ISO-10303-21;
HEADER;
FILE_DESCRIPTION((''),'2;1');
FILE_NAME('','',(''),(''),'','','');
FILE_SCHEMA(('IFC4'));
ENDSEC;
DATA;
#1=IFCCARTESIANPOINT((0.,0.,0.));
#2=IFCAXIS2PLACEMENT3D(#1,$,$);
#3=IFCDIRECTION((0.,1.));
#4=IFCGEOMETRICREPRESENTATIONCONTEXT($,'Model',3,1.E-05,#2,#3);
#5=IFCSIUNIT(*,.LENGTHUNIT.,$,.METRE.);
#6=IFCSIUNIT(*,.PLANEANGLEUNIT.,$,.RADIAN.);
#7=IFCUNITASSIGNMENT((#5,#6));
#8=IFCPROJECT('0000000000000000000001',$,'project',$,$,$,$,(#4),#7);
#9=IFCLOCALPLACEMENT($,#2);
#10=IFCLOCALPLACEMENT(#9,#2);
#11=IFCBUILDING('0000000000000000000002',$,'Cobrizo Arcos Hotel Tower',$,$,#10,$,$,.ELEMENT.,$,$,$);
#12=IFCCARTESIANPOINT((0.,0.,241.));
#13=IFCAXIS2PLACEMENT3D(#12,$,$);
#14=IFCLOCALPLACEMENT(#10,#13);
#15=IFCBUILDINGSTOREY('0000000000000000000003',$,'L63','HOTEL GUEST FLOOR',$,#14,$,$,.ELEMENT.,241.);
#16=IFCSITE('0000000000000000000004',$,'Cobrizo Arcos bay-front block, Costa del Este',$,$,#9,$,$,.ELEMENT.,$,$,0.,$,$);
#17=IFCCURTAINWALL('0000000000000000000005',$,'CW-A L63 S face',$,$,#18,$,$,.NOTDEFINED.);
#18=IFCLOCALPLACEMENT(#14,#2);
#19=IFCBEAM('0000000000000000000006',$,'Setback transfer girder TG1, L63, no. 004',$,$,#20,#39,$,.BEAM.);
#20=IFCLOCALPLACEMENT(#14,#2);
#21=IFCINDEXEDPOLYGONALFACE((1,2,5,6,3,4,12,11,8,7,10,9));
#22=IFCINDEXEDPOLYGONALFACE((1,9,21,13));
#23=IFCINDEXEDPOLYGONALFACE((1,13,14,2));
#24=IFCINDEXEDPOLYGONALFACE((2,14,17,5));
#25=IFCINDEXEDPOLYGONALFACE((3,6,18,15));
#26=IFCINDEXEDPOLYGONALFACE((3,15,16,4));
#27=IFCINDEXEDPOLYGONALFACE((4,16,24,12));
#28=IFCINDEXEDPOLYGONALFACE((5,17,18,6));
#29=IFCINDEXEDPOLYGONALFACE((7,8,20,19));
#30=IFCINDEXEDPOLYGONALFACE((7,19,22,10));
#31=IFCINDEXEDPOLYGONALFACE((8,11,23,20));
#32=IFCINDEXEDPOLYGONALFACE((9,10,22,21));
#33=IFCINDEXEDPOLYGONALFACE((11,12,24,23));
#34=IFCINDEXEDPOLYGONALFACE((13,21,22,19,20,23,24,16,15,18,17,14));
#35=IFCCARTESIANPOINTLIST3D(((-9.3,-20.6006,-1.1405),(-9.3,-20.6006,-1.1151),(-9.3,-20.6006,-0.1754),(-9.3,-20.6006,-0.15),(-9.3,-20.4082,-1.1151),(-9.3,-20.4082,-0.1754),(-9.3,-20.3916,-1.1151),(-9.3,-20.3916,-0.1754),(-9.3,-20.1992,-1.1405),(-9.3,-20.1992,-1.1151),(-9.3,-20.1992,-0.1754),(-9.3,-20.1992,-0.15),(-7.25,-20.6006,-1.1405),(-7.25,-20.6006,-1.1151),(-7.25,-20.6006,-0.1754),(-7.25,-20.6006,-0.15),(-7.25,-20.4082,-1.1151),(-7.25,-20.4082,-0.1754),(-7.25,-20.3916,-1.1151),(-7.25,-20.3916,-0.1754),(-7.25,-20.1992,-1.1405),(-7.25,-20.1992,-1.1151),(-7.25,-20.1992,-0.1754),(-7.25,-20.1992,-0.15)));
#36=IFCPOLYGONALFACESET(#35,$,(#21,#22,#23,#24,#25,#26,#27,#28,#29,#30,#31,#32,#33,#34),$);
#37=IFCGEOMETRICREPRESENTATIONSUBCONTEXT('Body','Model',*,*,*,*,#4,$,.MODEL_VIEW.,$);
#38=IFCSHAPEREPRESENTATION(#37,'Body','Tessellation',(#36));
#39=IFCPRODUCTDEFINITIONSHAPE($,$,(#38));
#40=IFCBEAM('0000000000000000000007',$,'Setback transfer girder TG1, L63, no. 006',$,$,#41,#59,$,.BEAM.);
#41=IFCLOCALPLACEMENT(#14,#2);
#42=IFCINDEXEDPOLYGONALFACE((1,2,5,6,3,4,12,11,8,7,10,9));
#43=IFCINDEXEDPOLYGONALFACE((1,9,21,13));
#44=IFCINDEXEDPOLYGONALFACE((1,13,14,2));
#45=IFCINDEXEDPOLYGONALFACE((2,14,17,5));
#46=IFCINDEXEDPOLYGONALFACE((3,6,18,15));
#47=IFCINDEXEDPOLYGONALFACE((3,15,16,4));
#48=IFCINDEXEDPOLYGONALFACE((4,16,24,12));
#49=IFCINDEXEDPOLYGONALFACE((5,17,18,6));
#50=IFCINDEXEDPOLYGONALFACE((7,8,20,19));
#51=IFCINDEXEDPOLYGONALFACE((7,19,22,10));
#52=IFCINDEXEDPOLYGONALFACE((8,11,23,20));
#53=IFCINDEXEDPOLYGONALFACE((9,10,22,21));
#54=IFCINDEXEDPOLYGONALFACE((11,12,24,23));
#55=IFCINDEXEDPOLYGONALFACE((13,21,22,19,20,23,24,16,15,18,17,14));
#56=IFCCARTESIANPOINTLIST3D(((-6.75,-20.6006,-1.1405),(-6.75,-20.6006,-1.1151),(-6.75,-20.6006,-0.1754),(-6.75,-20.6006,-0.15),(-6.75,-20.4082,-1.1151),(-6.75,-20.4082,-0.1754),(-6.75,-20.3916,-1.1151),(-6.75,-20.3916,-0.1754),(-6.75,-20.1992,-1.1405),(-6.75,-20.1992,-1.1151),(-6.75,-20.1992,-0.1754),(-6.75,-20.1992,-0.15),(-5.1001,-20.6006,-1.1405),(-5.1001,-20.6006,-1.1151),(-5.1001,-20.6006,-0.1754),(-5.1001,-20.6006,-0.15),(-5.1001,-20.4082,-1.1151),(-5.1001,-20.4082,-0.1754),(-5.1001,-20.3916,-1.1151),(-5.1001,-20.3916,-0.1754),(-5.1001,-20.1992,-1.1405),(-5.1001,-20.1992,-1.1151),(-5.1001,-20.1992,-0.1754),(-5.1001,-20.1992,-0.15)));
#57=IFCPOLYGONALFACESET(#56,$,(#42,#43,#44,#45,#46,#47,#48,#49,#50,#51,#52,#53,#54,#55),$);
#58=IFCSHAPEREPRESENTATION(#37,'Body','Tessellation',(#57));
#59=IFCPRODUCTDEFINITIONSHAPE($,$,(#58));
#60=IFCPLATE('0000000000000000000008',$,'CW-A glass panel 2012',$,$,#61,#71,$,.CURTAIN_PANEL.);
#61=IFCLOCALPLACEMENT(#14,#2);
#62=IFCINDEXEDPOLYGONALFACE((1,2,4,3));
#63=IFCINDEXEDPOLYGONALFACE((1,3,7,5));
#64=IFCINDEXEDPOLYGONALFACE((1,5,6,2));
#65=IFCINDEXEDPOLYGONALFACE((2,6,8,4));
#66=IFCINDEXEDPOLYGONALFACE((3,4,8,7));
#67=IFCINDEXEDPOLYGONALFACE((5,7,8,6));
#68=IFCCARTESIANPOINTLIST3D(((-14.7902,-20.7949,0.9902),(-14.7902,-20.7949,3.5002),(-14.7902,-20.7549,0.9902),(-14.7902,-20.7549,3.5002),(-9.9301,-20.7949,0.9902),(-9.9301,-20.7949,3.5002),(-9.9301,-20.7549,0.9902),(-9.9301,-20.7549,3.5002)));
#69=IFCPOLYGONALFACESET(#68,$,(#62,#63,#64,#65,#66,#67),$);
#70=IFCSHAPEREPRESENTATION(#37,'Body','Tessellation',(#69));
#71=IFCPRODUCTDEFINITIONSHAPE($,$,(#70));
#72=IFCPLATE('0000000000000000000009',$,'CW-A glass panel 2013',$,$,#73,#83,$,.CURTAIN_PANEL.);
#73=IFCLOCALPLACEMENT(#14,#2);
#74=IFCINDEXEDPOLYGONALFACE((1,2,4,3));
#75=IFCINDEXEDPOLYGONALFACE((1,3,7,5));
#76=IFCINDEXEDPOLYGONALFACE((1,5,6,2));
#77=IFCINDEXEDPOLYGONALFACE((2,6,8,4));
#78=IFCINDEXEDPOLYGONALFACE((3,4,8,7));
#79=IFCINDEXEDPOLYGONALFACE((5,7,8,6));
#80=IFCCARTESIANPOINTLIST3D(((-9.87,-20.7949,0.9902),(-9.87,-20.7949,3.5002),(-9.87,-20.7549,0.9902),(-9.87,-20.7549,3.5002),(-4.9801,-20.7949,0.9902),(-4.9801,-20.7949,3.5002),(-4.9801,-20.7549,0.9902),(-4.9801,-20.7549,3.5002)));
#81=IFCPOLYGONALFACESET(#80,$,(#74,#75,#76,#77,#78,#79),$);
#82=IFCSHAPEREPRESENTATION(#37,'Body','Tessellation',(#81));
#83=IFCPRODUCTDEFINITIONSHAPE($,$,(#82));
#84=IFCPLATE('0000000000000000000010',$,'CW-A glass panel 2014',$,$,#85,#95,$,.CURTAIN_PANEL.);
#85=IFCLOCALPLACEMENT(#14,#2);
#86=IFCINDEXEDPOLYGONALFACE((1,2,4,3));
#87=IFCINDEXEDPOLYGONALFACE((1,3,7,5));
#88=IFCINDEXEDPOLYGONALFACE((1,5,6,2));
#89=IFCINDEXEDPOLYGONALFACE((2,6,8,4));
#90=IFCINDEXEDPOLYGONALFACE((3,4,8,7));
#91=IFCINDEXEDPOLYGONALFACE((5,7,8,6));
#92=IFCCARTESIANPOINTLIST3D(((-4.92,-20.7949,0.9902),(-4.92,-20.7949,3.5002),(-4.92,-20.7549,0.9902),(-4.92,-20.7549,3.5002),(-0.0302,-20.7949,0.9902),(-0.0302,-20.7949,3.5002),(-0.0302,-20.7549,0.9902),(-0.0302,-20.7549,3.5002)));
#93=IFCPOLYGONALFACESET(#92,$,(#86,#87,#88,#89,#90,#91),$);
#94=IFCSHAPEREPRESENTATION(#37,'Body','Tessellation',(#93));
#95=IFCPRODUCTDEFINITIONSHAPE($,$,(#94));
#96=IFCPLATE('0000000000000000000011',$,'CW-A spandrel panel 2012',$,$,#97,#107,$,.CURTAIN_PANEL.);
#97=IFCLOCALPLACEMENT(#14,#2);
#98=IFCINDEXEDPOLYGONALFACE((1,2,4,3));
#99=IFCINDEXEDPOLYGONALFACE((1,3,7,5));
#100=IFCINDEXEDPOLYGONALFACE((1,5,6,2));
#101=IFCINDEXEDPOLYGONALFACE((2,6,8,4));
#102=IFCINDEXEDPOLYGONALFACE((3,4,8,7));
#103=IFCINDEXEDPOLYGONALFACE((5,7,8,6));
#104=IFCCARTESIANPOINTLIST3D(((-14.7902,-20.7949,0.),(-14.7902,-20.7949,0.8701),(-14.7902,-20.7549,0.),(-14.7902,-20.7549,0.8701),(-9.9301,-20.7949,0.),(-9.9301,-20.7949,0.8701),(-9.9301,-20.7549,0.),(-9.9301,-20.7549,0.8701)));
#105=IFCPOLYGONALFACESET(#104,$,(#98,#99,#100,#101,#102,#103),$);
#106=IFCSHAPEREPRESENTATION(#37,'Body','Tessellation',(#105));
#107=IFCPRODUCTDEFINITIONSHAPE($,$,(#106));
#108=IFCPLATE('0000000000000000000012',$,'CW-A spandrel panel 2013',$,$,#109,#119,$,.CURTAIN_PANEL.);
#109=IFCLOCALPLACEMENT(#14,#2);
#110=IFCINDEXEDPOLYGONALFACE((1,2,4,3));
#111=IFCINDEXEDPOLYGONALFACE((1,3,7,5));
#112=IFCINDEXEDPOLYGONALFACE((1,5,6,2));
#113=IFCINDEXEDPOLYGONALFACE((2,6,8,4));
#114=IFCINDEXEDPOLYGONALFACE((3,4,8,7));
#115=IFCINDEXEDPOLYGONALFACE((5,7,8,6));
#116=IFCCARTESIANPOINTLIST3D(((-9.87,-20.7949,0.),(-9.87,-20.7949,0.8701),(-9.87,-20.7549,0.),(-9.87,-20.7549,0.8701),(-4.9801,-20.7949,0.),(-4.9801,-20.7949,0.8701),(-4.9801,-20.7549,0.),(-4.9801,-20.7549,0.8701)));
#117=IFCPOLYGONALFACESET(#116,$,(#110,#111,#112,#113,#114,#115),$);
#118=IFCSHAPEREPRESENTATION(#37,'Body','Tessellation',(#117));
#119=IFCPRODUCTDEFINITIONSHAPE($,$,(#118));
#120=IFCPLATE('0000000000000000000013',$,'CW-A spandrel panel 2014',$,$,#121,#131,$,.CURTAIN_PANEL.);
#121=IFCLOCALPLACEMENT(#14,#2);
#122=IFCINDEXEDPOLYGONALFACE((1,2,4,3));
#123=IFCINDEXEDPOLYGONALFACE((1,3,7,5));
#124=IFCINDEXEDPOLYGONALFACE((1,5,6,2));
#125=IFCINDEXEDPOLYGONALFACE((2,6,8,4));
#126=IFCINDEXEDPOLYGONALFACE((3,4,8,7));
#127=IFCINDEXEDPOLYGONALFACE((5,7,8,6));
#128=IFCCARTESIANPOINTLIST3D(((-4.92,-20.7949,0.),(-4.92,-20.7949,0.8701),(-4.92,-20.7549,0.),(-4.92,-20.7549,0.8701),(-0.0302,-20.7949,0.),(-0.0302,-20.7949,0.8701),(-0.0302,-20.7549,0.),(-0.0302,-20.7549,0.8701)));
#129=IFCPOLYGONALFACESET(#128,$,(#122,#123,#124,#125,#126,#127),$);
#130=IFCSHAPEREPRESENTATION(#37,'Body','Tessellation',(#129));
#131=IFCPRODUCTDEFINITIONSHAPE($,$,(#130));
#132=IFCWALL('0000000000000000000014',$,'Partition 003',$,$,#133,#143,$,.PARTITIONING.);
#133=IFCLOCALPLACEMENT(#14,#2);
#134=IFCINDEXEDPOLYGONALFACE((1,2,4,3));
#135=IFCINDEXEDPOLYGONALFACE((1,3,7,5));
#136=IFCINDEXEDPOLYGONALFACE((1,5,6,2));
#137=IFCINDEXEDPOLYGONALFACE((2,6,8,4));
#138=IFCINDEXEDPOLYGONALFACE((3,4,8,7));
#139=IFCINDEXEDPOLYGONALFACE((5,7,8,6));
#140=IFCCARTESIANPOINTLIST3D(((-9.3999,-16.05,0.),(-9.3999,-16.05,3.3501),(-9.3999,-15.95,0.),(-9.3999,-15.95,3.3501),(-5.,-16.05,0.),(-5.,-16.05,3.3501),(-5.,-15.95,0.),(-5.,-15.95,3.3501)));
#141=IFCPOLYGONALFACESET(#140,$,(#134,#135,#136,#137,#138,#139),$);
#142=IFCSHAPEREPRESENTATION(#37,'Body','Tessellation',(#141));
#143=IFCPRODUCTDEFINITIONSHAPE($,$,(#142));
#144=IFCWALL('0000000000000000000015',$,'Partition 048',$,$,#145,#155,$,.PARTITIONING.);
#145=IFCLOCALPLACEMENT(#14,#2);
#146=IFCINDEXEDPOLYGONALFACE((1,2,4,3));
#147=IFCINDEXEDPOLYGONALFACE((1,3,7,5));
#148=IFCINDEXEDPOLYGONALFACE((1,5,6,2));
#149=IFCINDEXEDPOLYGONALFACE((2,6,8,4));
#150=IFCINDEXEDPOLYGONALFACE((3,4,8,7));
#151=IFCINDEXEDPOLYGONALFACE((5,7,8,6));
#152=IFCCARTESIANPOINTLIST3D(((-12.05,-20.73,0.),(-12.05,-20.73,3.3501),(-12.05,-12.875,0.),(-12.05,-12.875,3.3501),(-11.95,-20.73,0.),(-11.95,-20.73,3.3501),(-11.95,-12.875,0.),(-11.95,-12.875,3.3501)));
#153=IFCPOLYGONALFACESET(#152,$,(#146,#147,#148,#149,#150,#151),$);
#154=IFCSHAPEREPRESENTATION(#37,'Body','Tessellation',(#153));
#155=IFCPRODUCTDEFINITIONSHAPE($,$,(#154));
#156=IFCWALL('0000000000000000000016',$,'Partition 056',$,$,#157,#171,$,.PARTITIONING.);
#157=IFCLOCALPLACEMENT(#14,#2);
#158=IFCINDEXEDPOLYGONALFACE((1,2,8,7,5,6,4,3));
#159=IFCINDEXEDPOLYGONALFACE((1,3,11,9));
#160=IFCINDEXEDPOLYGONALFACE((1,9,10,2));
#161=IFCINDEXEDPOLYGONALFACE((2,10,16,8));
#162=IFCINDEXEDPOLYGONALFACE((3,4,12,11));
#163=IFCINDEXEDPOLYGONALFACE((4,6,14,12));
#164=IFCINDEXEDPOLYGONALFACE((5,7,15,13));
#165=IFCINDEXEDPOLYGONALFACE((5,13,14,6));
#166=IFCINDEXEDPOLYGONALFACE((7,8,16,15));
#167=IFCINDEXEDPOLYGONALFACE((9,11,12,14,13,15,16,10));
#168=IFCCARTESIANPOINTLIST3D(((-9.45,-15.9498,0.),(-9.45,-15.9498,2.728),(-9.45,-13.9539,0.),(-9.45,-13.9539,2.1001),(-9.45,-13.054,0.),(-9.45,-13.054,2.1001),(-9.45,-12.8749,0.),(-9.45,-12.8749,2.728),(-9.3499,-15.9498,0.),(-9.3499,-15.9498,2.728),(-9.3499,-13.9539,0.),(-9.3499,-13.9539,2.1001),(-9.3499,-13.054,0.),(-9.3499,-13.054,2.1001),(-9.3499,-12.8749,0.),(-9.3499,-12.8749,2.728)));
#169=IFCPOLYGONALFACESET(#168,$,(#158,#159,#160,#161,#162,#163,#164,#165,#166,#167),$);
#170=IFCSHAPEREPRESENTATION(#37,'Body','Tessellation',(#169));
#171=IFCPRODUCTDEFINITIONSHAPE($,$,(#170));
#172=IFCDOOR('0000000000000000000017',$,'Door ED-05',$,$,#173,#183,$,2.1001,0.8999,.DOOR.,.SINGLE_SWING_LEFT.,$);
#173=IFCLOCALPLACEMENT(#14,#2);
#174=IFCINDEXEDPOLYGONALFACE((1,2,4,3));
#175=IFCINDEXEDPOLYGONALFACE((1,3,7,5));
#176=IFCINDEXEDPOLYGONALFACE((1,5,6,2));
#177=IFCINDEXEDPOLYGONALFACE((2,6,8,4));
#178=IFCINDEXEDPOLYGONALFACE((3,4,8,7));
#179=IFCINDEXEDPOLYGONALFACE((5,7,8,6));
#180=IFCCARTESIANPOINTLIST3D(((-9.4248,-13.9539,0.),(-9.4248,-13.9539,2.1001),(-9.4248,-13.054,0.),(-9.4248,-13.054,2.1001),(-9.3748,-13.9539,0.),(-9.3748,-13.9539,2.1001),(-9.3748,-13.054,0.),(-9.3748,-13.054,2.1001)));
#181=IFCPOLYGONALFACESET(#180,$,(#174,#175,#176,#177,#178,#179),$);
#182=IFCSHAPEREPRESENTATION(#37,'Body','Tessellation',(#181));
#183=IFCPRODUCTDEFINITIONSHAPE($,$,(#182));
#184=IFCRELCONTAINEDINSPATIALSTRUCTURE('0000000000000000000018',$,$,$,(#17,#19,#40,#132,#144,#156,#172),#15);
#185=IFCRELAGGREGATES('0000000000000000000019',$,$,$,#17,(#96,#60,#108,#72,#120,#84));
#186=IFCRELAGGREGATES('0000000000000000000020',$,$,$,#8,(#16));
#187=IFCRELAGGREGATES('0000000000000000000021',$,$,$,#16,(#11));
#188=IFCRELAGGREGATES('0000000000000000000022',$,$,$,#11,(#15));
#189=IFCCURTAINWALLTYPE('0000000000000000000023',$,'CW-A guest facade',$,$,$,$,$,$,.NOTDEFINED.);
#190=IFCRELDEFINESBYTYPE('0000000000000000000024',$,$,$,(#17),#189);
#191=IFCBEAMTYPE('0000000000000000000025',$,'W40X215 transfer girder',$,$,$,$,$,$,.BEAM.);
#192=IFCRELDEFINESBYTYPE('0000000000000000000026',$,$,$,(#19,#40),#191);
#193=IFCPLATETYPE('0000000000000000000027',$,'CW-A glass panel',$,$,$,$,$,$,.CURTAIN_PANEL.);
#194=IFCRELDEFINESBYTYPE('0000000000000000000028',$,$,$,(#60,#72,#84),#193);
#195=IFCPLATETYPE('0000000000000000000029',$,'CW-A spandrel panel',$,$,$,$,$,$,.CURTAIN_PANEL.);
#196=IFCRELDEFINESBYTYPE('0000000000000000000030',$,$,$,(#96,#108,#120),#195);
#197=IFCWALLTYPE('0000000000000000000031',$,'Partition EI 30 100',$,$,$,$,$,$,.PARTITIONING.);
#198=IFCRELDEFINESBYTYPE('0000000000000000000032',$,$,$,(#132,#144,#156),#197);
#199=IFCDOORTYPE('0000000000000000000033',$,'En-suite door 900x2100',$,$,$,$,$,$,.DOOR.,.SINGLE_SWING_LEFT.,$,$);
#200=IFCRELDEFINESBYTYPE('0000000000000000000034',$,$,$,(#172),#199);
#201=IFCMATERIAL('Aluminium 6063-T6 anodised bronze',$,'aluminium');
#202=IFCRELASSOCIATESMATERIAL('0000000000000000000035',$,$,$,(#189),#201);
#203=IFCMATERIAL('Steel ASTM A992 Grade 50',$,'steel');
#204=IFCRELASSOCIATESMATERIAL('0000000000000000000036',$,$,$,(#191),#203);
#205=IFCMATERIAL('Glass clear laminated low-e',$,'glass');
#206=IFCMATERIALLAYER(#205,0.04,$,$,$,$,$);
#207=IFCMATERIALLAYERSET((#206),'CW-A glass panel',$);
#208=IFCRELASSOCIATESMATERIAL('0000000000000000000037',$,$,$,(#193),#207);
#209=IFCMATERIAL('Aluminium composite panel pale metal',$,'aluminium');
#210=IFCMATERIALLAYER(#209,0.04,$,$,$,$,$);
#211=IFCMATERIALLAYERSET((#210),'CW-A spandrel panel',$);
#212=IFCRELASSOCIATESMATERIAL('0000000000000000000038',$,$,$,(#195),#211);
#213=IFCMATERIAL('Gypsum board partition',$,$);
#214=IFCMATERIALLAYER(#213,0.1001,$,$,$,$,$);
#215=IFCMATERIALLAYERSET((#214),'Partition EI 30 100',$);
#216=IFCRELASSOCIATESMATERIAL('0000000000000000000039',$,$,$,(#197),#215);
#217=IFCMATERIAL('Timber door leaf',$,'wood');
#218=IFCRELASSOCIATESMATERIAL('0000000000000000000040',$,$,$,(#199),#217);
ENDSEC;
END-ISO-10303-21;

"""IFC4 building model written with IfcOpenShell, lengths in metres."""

from ifc_helpers import new_model, si_unit, direction, frame, frame_2d, origin, origin_2d, place, context, subcontext, project, spatial, rectangle, i_section, extrude, material, layer, layer_set, material_profile, profile_set, type_object, element, fill, aggregate, save


model = new_model("IFC4")

# Units and contexts
model_context = context("Model", 3, precision=1e-05, world=origin(), true_north=direction((0.0, 1.0)))
body_context = subcontext(model_context, "Body", "Model", "MODEL_VIEW")
ifc_project = project(units=[si_unit("LENGTHUNIT", "METRE"), si_unit("PLANEANGLEUNIT", "RADIAN")], contexts=[model_context])

# Site, building, storey
site_placement = place(None, origin())
site = spatial("IfcSite", under=ifc_project, at=site_placement, Name="Cobrizo Arcos bay-front block, Costa del Este", CompositionType="ELEMENT", RefElevation=0.0)
building_placement = place(site_placement, origin())
building = spatial("IfcBuilding", under=site, at=building_placement, Name="Cobrizo Arcos Hotel Tower", CompositionType="ELEMENT")
storey_placement = place(building_placement, frame((0.0, 0.0, 241.0)))
storey = spatial("IfcBuildingStorey", under=building, at=storey_placement, Name="L63", Description="HOTEL GUEST FLOOR", CompositionType="ELEMENT", Elevation=241.0)

# Curtain wall
ifc_material_1 = material(Name="Aluminium 6063-T6 anodised bronze", Category="aluminium")
curtain_wall_type = type_object("IfcCurtainWallType", Name="CW-A guest facade", PredefinedType="NOTDEFINED", material=ifc_material_1)
curtain_wall_placement = place(storey_placement, origin())
curtain_wall = element("IfcCurtainWall", 1, at=curtain_wall_placement, inside=storey, type_object=curtain_wall_type, Name="CW-A L63 S face", PredefinedType="NOTDEFINED")

# Beams
ifc_material_2 = material(Name="Steel ASTM A992 Grade 50", Category="steel")
ifc_material_profile_1 = material_profile(ifc_material_2, i_section(OverallWidth=0.4014, OverallDepth=0.9905, WebThickness=0.0166, FlangeThickness=0.0254, at=origin_2d()), Name="W40X215")
ifc_profile_set_1 = profile_set([ifc_material_profile_1], Name="Steel ASTM A992 Grade 50")
beam_type_1 = type_object("IfcBeamType", Name="W40X215 transfer girder", PredefinedType="BEAM", material=ifc_profile_set_1)
beam_1_placement = place(storey_placement, frame((-7.25, -20.3999, -0.6453), z_axis=(-1.0, 0.0, 0.0), x_axis=(0.0, -1.0, 0.0)))
element("IfcBeam", 2, at=beam_1_placement, inside=storey, type_object=beam_type_1, Name="Setback transfer girder TG1, L63, no. 004", PredefinedType="BEAM", context=body_context, shape_type="SweptSolid", body=[
    extrude(i_section(OverallWidth=0.4014, OverallDepth=0.9905, WebThickness=0.0166, FlangeThickness=0.0254, at=origin_2d()), origin(), (0.0, 0.0, 1.0), 2.05),
])
beam_2_placement = place(storey_placement, frame((-6.75, -20.3999, -0.6453), z_axis=(1.0, 0.0, 0.0), x_axis=(0.0, 1.0, 0.0)))
element("IfcBeam", 3, at=beam_2_placement, inside=storey, type_object=beam_type_1, Name="Setback transfer girder TG1, L63, no. 006", PredefinedType="BEAM", context=body_context, shape_type="SweptSolid", body=[
    extrude(i_section(OverallWidth=0.4014, OverallDepth=0.9905, WebThickness=0.0166, FlangeThickness=0.0254, at=origin_2d()), origin(), (0.0, 0.0, 1.0), 1.6499),
])

# Plates
ifc_material_3 = material(Name="Glass clear laminated low-e", Category="glass")
ifc_layer_1 = layer(ifc_material_3, 0.04)
ifc_layer_set_1 = layer_set([ifc_layer_1], Name="CW-A glass panel")
plate_type_1 = type_object("IfcPlateType", Name="CW-A glass panel", PredefinedType="CURTAIN_PANEL", material=ifc_layer_set_1)
plate_1_placement = place(storey_placement, frame((-12.3601, -20.7749, 0.9902), z_axis=(0.0, 0.0, 1.0), x_axis=(1.0, 0.0, 0.0)))
plate_1 = element("IfcPlate", 4, at=plate_1_placement, type_object=plate_type_1, Name="CW-A glass panel 2012", PredefinedType="CURTAIN_PANEL", context=body_context, shape_type="SweptSolid", body=[
    extrude(rectangle(XDim=4.8601, YDim=0.04, at=origin_2d()), origin(), (0.0, 0.0, 1.0), 2.51),
])
plate_2_placement = place(storey_placement, frame((-7.425, -20.7749, 0.9902), z_axis=(0.0, 0.0, 1.0), x_axis=(1.0, 0.0, 0.0)))
plate_2 = element("IfcPlate", 5, at=plate_2_placement, type_object=plate_type_1, Name="CW-A glass panel 2013", PredefinedType="CURTAIN_PANEL", context=body_context, shape_type="SweptSolid", body=[
    extrude(rectangle(XDim=4.8899, YDim=0.04, at=origin_2d()), origin(), (0.0, 0.0, 1.0), 2.51),
])
plate_3_placement = place(storey_placement, frame((-2.4751, -20.7749, 0.9902), z_axis=(0.0, 0.0, 1.0), x_axis=(1.0, 0.0, 0.0)))
plate_3 = element("IfcPlate", 6, at=plate_3_placement, type_object=plate_type_1, Name="CW-A glass panel 2014", PredefinedType="CURTAIN_PANEL", context=body_context, shape_type="SweptSolid", body=[
    extrude(rectangle(XDim=4.8899, YDim=0.04, at=origin_2d()), origin(), (0.0, 0.0, 1.0), 2.51),
])
ifc_material_4 = material(Name="Aluminium composite panel pale metal", Category="aluminium")
ifc_layer_2 = layer(ifc_material_4, 0.04)
ifc_layer_set_2 = layer_set([ifc_layer_2], Name="CW-A spandrel panel")
plate_type_2 = type_object("IfcPlateType", Name="CW-A spandrel panel", PredefinedType="CURTAIN_PANEL", material=ifc_layer_set_2)
plate_4_placement = place(storey_placement, frame((-12.3601, -20.7749, 0.0), z_axis=(0.0, 0.0, 1.0), x_axis=(1.0, 0.0, 0.0)))
plate_4 = element("IfcPlate", 7, at=plate_4_placement, type_object=plate_type_2, Name="CW-A spandrel panel 2012", PredefinedType="CURTAIN_PANEL", context=body_context, shape_type="SweptSolid", body=[
    extrude(rectangle(XDim=4.8601, YDim=0.04, at=origin_2d()), origin(), (0.0, 0.0, 1.0), 0.8701),
])
plate_5_placement = place(storey_placement, frame((-7.425, -20.7749, 0.0), z_axis=(0.0, 0.0, 1.0), x_axis=(1.0, 0.0, 0.0)))
plate_5 = element("IfcPlate", 8, at=plate_5_placement, type_object=plate_type_2, Name="CW-A spandrel panel 2013", PredefinedType="CURTAIN_PANEL", context=body_context, shape_type="SweptSolid", body=[
    extrude(rectangle(XDim=4.8899, YDim=0.04, at=origin_2d()), origin(), (0.0, 0.0, 1.0), 0.8701),
])
plate_6_placement = place(storey_placement, frame((-2.4751, -20.7749, 0.0), z_axis=(0.0, 0.0, 1.0), x_axis=(1.0, 0.0, 0.0)))
plate_6 = element("IfcPlate", 9, at=plate_6_placement, type_object=plate_type_2, Name="CW-A spandrel panel 2014", PredefinedType="CURTAIN_PANEL", context=body_context, shape_type="SweptSolid", body=[
    extrude(rectangle(XDim=4.8899, YDim=0.04, at=origin_2d()), origin(), (0.0, 0.0, 1.0), 0.8701),
])
aggregate(curtain_wall, [plate_4, plate_1, plate_5, plate_2, plate_6, plate_3])

# Walls
ifc_material_5 = material(Name="Gypsum board partition")
ifc_layer_3 = layer(ifc_material_5, 0.1001)
ifc_layer_set_3 = layer_set([ifc_layer_3], Name="Partition EI 30 100")
wall_type = type_object("IfcWallType", Name="Partition EI 30 100", PredefinedType="PARTITIONING", material=ifc_layer_set_3)
wall_1_placement = place(storey_placement, frame((-9.3999, -16.0, 0.0), z_axis=(0.0, 0.0, 1.0), x_axis=(1.0, 0.0, 0.0)))
element("IfcWall", 10, at=wall_1_placement, inside=storey, type_object=wall_type, Name="Partition 003", PredefinedType="PARTITIONING", context=body_context, shape_type="SweptSolid", body=[
    extrude(rectangle(XDim=4.3999, YDim=0.1001, at=frame_2d((2.2, 0.0))), origin(), (0.0, 0.0, 1.0), 3.3501),
])
wall_2_placement = place(storey_placement, frame((-12.0, -20.73, 0.0), z_axis=(0.0, 0.0, 1.0), x_axis=(0.0, 1.0, 0.0)))
element("IfcWall", 11, at=wall_2_placement, inside=storey, type_object=wall_type, Name="Partition 048", PredefinedType="PARTITIONING", context=body_context, shape_type="SweptSolid", body=[
    extrude(rectangle(XDim=7.855, YDim=0.1001, at=frame_2d((3.9275, 0.0))), origin(), (0.0, 0.0, 1.0), 3.3501),
])

# Wall, opening, door
wall_3_placement = place(storey_placement, frame((-9.3999, -15.95, 0.0), z_axis=(0.0, 0.0, 1.0), x_axis=(0.0, 1.0, 0.0)))
wall_3 = element("IfcWall", 12, at=wall_3_placement, inside=storey, type_object=wall_type, Name="Partition 056", PredefinedType="PARTITIONING", context=body_context, shape_type="SweptSolid", body=[
    extrude(rectangle(XDim=3.075, YDim=0.1001, at=frame_2d((1.5376, 0.0))), origin(), (0.0, 0.0, 1.0), 2.728),
])
opening_1_placement = place(wall_3_placement, frame((1.9961, 0.0, 0.0)))
opening_1 = element("IfcOpeningElement", 13, at=opening_1_placement, cuts=wall_3, PredefinedType="OPENING", context=body_context, shape_type="SweptSolid", body=[
    extrude(rectangle(XDim=0.8999, YDim=2.1001, at=frame_2d((0.45, 1.05))), frame((0.0, 0.062, 0.0), z_axis=(0.0, -1.0, 0.0), x_axis=(1.0, 0.0, 0.0)), (0.0, 0.0, 1.0), 0.124),
])
ifc_material_6 = material(Name="Timber door leaf", Category="wood")
door_type = type_object("IfcDoorType", Name="En-suite door 900x2100", OperationType="SINGLE_SWING_LEFT", PredefinedType="DOOR", material=ifc_material_6)
door_1_placement = place(opening_1_placement, origin())
door_1 = element("IfcDoor", 14, at=door_1_placement, inside=storey, type_object=door_type, Name="Door ED-05", OperationType="SINGLE_SWING_LEFT", OverallHeight=2.1001, OverallWidth=0.8999, PredefinedType="DOOR", context=body_context, shape_type="SweptSolid", body=[
    extrude(rectangle(XDim=0.8999, YDim=2.1001, at=frame_2d((0.45, 1.05))), frame((0.0, 0.0249, 0.0), z_axis=(0.0, -1.0, 0.0), x_axis=(1.0, 0.0, 0.0)), (0.0, 0.0, 1.0), 0.05),
])
fill(opening_1, door_1)

save(model, "model.ifc")
